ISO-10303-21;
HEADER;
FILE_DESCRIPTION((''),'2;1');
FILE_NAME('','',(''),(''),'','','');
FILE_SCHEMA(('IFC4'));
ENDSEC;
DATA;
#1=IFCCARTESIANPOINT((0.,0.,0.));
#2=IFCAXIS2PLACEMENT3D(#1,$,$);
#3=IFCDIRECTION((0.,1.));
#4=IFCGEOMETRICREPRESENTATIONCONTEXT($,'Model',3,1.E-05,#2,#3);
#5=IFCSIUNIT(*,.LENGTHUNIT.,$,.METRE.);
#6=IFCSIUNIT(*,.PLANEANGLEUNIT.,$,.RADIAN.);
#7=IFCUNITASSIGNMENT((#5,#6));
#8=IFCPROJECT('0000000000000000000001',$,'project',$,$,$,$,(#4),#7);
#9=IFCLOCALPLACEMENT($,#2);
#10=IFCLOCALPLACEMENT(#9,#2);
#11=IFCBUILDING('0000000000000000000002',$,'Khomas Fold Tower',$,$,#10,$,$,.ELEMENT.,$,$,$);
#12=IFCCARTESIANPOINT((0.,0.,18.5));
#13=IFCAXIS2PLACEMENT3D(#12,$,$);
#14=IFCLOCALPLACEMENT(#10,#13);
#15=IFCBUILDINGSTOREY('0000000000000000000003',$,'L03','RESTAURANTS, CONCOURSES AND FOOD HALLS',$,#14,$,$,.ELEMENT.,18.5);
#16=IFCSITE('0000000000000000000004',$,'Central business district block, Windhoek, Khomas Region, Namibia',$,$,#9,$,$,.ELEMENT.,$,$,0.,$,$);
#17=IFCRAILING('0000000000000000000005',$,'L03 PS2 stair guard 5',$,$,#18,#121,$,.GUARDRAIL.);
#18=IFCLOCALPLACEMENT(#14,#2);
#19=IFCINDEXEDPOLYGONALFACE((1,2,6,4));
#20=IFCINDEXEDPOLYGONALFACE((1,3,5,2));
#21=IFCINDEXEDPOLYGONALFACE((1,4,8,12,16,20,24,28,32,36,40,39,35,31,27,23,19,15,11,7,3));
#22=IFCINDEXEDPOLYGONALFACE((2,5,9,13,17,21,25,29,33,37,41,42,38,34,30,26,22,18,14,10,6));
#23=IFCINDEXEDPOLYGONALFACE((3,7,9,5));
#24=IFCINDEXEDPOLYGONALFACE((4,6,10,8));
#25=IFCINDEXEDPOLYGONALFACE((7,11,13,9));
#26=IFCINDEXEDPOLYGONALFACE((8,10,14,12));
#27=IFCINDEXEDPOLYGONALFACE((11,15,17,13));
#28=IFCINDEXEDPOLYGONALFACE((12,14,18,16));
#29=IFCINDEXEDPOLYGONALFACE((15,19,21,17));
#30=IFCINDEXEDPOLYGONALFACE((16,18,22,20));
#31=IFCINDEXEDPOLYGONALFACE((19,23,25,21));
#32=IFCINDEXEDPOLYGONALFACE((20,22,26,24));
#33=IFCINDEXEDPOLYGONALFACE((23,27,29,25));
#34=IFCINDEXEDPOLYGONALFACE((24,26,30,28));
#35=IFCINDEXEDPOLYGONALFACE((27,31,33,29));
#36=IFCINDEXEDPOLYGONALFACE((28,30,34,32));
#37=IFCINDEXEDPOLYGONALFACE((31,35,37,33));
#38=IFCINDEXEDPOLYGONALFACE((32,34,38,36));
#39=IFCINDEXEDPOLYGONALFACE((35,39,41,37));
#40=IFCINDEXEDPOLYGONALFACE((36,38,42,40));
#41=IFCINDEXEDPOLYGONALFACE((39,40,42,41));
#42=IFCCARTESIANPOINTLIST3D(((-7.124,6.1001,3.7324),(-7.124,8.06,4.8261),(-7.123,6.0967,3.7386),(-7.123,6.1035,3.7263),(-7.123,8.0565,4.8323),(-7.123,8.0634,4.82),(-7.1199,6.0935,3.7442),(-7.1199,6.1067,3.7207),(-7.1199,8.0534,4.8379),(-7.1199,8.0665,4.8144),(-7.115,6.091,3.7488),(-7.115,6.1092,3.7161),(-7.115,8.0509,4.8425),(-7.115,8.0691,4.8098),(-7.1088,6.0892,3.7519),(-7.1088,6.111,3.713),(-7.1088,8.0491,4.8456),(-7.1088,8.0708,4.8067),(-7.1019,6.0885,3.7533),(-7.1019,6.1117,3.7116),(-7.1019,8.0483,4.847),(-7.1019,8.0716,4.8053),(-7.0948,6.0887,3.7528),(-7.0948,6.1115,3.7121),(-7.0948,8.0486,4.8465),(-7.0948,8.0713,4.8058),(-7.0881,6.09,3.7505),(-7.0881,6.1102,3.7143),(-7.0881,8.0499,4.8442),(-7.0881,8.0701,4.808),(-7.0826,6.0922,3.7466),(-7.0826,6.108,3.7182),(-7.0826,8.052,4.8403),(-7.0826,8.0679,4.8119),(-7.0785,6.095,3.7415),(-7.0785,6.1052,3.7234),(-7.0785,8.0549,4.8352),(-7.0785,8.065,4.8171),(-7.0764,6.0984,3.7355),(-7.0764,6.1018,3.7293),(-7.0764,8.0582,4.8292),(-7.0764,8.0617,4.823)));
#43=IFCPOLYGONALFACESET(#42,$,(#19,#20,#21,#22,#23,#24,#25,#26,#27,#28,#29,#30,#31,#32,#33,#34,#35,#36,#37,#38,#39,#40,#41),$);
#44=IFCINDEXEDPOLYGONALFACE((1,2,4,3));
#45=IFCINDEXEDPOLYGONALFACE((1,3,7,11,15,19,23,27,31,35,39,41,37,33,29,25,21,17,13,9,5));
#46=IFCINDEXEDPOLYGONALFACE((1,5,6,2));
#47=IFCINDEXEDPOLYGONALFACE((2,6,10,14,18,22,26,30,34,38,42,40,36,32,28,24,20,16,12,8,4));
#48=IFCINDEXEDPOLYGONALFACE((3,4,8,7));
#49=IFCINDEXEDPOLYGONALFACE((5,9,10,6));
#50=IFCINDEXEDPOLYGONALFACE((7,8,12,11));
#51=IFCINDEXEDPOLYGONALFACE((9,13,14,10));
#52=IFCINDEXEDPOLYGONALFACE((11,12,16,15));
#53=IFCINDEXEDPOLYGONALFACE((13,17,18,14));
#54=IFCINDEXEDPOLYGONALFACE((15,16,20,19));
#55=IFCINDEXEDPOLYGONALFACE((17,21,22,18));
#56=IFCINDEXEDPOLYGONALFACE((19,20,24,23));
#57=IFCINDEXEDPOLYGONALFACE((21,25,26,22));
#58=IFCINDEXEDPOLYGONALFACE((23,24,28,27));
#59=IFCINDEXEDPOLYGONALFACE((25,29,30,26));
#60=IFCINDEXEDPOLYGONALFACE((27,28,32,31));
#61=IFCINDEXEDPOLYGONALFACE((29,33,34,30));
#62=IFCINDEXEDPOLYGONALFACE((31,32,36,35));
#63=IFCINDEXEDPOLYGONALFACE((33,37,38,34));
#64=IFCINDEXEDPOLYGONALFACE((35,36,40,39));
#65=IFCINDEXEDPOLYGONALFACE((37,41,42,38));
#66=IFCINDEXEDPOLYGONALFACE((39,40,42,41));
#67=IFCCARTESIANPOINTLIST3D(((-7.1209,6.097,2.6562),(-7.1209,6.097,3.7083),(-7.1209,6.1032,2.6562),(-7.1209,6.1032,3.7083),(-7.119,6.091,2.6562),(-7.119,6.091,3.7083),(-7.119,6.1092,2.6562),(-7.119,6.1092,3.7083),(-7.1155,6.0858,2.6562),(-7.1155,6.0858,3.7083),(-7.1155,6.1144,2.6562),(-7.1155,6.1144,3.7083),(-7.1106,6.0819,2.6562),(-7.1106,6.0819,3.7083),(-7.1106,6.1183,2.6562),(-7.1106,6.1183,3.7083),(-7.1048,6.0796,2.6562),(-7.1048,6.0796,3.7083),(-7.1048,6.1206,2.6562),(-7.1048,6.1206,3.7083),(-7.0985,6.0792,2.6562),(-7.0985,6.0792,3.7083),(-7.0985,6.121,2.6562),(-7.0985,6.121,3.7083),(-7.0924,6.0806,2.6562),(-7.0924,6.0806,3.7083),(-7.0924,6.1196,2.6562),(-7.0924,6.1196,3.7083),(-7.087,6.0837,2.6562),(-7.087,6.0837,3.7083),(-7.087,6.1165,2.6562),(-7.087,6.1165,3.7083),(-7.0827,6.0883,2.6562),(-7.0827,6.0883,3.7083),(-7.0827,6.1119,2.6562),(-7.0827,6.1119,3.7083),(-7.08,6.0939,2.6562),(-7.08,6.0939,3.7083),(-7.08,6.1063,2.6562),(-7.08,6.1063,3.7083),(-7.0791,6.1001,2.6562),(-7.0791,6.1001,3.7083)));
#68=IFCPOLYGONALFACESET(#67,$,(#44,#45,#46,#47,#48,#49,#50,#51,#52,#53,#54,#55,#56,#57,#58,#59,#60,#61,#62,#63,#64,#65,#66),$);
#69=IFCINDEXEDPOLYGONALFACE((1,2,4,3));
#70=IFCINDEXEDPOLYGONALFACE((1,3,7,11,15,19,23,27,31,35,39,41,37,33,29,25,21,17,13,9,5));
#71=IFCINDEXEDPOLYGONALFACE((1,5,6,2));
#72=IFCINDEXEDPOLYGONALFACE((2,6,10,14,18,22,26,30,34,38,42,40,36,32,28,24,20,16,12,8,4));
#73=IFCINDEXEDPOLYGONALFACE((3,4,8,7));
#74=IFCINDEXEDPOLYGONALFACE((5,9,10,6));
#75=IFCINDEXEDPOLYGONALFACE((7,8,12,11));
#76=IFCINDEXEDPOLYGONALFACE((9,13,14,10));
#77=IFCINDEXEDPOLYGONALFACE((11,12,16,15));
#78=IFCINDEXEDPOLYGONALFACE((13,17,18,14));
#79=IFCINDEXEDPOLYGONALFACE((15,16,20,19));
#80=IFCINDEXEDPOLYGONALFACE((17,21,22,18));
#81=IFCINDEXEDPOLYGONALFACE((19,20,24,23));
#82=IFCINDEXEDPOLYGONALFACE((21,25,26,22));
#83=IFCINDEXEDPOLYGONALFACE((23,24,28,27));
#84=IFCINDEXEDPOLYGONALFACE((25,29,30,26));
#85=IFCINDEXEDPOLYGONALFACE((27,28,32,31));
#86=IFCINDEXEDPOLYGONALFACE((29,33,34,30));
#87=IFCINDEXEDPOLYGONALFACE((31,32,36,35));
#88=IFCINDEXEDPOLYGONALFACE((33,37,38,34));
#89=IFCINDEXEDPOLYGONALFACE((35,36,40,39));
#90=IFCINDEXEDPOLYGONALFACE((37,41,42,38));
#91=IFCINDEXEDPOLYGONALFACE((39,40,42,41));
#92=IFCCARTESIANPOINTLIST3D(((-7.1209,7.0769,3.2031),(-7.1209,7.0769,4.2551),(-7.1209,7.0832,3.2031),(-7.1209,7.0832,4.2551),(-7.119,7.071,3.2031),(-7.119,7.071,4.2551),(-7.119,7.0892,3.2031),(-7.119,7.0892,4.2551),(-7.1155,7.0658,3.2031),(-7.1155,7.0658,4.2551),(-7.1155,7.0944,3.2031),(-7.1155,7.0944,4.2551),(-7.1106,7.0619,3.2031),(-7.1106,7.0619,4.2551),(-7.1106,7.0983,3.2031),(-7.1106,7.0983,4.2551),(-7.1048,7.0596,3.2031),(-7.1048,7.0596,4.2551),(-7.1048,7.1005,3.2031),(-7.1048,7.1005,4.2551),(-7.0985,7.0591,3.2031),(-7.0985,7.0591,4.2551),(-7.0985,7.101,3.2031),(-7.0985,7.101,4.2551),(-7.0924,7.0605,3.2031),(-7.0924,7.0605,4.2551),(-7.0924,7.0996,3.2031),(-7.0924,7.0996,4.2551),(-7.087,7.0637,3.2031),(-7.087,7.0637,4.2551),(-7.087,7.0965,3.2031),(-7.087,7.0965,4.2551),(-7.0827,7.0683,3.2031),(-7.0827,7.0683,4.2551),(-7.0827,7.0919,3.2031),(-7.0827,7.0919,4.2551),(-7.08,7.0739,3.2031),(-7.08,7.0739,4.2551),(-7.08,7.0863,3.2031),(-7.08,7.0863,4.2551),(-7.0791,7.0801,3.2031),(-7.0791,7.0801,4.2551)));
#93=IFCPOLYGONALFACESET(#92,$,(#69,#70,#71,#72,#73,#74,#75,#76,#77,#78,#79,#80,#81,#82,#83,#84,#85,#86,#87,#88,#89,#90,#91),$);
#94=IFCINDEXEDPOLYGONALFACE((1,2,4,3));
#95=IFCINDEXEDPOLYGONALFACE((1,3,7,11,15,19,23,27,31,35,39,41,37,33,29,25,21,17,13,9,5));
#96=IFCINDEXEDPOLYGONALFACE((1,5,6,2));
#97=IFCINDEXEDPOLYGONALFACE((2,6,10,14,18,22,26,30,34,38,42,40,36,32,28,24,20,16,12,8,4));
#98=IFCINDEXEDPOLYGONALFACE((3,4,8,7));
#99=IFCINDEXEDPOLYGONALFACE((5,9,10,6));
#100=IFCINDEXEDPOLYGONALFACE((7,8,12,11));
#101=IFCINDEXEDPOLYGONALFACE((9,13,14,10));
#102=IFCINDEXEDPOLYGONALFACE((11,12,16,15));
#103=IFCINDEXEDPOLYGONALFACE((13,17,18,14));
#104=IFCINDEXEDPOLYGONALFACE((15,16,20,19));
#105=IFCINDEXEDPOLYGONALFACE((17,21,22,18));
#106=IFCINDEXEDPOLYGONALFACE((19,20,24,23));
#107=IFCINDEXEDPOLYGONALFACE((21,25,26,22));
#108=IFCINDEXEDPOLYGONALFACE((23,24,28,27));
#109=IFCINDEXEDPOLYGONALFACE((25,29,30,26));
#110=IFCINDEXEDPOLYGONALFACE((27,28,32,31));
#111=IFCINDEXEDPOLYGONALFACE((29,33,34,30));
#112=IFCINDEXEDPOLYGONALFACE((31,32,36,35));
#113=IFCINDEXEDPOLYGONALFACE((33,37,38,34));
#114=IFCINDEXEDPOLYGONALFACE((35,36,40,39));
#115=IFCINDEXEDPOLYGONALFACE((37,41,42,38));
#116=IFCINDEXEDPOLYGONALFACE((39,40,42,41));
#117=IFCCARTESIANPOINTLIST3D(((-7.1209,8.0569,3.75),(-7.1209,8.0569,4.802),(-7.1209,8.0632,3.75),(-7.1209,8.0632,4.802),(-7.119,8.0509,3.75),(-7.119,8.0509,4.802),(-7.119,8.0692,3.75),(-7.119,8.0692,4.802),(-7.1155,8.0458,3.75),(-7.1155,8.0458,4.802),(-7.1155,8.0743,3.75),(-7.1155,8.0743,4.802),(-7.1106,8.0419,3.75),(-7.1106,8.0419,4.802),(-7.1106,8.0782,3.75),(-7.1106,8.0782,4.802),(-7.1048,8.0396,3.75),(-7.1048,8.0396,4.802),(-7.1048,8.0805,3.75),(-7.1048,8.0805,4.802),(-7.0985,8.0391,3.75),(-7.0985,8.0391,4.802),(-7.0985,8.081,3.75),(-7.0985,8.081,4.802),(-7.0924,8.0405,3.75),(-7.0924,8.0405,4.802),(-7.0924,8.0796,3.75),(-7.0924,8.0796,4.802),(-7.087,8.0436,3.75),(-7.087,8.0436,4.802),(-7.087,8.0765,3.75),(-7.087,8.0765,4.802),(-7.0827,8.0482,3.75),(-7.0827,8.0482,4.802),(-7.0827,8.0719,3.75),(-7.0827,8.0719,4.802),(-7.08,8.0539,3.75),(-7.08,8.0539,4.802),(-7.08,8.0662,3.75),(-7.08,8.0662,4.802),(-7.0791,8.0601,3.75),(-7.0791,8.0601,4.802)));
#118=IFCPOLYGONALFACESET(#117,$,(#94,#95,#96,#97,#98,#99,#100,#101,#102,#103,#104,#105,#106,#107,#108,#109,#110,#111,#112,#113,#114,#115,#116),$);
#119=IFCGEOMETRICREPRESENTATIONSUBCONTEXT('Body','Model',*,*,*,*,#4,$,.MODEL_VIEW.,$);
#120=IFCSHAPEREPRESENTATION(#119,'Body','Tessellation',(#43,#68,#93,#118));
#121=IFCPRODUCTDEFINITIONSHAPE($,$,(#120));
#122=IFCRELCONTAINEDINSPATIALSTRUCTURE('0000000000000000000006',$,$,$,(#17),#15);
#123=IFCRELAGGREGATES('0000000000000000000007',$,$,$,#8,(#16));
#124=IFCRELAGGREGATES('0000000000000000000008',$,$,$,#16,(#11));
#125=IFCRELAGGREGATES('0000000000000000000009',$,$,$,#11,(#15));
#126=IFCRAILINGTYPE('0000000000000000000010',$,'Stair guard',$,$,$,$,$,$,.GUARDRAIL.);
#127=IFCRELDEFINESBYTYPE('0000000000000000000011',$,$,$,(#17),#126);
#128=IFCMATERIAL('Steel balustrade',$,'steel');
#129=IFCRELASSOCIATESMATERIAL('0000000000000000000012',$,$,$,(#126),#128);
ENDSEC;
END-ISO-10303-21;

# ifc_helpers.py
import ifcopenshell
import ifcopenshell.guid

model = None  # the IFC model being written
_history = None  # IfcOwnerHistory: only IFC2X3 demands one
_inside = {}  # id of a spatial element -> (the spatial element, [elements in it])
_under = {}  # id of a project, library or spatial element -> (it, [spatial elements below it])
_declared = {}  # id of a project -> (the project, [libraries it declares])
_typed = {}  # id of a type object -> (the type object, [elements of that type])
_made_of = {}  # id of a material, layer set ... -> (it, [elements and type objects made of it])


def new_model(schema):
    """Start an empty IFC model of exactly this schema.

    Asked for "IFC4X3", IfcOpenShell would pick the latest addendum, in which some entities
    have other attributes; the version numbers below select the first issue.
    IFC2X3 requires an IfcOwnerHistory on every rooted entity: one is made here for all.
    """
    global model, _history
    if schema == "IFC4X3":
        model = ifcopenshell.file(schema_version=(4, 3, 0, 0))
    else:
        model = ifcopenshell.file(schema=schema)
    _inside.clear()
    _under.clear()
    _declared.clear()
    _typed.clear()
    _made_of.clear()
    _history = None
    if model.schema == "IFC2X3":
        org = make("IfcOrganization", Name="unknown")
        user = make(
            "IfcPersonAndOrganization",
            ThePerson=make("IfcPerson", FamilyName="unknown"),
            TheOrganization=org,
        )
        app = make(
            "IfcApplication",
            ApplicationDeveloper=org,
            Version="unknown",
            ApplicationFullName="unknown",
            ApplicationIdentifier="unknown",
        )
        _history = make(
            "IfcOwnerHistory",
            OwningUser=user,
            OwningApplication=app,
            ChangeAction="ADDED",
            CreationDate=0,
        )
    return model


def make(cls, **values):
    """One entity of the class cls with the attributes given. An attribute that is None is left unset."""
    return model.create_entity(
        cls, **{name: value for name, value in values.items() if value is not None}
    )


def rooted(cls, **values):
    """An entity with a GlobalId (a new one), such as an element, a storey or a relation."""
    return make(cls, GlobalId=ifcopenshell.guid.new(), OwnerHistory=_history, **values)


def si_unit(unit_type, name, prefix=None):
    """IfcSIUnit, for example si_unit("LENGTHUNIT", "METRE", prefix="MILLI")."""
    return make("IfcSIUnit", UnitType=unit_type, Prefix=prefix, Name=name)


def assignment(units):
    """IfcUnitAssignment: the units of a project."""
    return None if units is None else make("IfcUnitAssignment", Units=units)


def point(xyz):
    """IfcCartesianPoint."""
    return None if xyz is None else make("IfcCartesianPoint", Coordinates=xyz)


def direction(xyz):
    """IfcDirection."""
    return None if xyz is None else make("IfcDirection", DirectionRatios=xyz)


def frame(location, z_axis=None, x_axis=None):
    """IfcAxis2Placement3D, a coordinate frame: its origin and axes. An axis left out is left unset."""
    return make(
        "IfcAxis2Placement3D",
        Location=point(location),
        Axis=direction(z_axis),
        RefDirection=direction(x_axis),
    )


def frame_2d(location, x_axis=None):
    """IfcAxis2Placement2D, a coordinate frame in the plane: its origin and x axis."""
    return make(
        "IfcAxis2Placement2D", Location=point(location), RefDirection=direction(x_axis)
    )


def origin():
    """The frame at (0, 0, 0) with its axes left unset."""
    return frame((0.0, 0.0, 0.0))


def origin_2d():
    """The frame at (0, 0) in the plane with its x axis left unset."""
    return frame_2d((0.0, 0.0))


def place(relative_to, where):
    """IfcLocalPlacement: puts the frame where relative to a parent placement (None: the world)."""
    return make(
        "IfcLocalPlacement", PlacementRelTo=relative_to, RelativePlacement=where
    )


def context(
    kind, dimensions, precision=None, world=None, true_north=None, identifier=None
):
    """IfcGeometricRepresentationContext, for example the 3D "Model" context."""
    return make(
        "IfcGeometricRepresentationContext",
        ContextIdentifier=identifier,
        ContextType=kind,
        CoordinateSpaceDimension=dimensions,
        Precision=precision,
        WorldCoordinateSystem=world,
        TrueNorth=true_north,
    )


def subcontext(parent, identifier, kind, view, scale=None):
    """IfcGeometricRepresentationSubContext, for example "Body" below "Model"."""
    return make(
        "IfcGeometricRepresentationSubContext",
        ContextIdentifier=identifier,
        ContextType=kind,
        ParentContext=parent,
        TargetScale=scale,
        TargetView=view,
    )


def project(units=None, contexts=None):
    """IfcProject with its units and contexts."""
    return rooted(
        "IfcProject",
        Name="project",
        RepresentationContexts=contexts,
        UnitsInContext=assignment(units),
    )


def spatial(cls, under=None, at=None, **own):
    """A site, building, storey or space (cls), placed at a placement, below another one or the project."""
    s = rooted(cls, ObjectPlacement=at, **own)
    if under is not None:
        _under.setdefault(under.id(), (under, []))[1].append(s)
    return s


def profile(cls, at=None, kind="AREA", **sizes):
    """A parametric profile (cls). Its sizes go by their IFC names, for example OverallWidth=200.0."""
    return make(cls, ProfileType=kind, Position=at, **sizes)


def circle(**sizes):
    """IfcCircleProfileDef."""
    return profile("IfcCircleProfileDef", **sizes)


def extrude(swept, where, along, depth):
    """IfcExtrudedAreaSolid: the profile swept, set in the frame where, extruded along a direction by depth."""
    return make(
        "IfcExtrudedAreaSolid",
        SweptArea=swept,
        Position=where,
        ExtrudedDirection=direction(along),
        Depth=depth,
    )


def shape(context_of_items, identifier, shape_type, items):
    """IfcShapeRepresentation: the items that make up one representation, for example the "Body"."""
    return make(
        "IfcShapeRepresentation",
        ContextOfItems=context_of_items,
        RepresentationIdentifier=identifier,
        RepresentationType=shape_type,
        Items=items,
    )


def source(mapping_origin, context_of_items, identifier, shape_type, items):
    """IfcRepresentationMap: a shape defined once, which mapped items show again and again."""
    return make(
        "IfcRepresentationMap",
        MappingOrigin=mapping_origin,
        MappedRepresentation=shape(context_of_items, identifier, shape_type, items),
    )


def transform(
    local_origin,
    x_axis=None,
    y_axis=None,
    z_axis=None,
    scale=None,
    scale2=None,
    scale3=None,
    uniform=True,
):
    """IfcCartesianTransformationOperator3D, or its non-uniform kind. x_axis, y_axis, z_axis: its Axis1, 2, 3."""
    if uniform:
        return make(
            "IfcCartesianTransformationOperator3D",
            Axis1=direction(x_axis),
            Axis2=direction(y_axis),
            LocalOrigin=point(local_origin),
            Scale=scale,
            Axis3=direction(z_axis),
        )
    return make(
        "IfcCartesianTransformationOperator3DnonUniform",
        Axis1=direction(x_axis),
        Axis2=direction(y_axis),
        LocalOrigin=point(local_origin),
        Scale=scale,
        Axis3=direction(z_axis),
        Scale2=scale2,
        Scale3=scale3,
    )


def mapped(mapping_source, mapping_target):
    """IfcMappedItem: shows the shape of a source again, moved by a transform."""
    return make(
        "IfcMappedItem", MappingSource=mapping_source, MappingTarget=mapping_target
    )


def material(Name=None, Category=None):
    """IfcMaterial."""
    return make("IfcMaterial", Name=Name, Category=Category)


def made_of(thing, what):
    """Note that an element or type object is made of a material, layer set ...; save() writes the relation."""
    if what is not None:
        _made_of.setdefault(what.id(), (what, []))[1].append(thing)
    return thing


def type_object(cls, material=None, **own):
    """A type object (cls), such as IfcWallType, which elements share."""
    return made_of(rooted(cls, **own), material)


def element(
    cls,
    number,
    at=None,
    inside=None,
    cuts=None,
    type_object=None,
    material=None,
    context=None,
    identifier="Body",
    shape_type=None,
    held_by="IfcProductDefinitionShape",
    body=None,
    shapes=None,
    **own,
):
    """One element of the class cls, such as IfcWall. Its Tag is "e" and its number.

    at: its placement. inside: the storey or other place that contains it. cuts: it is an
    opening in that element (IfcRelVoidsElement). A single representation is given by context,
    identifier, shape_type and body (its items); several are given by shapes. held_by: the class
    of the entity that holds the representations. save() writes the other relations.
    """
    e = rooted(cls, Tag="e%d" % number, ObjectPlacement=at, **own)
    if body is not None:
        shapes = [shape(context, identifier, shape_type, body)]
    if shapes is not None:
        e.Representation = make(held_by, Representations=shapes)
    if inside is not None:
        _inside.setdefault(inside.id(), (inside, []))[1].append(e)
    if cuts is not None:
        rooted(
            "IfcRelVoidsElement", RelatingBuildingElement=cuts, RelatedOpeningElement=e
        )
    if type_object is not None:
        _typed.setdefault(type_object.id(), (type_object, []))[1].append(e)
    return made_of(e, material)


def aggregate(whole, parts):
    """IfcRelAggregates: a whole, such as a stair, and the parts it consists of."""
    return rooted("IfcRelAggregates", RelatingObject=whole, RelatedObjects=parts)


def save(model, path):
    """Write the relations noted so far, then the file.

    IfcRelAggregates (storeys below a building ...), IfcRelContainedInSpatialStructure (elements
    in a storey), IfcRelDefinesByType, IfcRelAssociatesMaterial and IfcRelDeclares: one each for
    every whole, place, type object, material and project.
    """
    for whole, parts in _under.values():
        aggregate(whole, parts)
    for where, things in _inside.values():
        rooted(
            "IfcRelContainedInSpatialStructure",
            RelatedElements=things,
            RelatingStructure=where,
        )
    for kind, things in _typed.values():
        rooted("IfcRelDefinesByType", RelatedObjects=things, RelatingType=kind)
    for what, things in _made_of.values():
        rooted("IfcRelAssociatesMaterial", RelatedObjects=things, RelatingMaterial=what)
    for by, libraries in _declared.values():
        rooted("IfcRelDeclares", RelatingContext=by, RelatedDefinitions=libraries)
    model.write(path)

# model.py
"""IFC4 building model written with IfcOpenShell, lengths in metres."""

from ifc_helpers import new_model, si_unit, direction, frame, origin, origin_2d, place, context, subcontext, project, spatial, circle, extrude, source, transform, mapped, material, type_object, element, save


model = new_model("IFC4")

# Units and contexts
model_context = context("Model", 3, precision=1e-05, world=origin(), true_north=direction((0.0, 1.0)))
body_context = subcontext(model_context, "Body", "Model", "MODEL_VIEW")
ifc_project = project(units=[si_unit("LENGTHUNIT", "METRE"), si_unit("PLANEANGLEUNIT", "RADIAN")], contexts=[model_context])

# Site, building, storey
site_placement = place(None, origin())
site = spatial("IfcSite", under=ifc_project, at=site_placement, Name="Central business district block, Windhoek, Khomas Region, Namibia", CompositionType="ELEMENT", RefElevation=0.0)
building_placement = place(site_placement, origin())
building = spatial("IfcBuilding", under=site, at=building_placement, Name="Khomas Fold Tower", CompositionType="ELEMENT")
storey_placement = place(building_placement, frame((0.0, 0.0, 18.5)))
storey = spatial("IfcBuildingStorey", under=building, at=storey_placement, Name="L03", Description="RESTAURANTS, CONCOURSES AND FOOD HALLS", CompositionType="ELEMENT", Elevation=18.5)

# Railing
ifc_material_1 = material(Name="Steel balustrade", Category="steel")
railing_type_1 = type_object("IfcRailingType", Name="Stair guard", PredefinedType="GUARDRAIL", material=ifc_material_1)
shared_shape_1 = source(origin(), body_context, "Body", "SweptSolid", [
    extrude(circle(Radius=0.0239, at=origin_2d()), frame((0.0, 0.0, 1.0762), z_axis=(0.0, 0.873232, 0.487304), x_axis=(-1.0, 0.0, 0.0)), (0.0, 0.0, 1.0), 2.2444),
    extrude(circle(Radius=0.021, at=origin_2d()), origin(), (0.0, 0.0, 1.0), 1.052),
    extrude(circle(Radius=0.021, at=origin_2d()), frame((0.0, 0.98, 0.5469)), (0.0, 0.0, 1.0), 1.052),
    extrude(circle(Radius=0.021, at=origin_2d()), frame((0.0, 1.96, 1.0938)), (0.0, 0.0, 1.0), 1.052),
])
for number, where, name in (
    (1, (-7.1001, 6.1001, 2.6562), "L03 PS2 stair guard 5"),
):
    element("IfcRailing", number, at=place(storey_placement, frame(where)), inside=storey, type_object=railing_type_1, Name=name, PredefinedType="GUARDRAIL", context=body_context, shape_type="MappedRepresentation", body=[
        mapped(shared_shape_1, transform((0.0, 0.0, 0.0))),
    ])

save(model, "model.ifc")
